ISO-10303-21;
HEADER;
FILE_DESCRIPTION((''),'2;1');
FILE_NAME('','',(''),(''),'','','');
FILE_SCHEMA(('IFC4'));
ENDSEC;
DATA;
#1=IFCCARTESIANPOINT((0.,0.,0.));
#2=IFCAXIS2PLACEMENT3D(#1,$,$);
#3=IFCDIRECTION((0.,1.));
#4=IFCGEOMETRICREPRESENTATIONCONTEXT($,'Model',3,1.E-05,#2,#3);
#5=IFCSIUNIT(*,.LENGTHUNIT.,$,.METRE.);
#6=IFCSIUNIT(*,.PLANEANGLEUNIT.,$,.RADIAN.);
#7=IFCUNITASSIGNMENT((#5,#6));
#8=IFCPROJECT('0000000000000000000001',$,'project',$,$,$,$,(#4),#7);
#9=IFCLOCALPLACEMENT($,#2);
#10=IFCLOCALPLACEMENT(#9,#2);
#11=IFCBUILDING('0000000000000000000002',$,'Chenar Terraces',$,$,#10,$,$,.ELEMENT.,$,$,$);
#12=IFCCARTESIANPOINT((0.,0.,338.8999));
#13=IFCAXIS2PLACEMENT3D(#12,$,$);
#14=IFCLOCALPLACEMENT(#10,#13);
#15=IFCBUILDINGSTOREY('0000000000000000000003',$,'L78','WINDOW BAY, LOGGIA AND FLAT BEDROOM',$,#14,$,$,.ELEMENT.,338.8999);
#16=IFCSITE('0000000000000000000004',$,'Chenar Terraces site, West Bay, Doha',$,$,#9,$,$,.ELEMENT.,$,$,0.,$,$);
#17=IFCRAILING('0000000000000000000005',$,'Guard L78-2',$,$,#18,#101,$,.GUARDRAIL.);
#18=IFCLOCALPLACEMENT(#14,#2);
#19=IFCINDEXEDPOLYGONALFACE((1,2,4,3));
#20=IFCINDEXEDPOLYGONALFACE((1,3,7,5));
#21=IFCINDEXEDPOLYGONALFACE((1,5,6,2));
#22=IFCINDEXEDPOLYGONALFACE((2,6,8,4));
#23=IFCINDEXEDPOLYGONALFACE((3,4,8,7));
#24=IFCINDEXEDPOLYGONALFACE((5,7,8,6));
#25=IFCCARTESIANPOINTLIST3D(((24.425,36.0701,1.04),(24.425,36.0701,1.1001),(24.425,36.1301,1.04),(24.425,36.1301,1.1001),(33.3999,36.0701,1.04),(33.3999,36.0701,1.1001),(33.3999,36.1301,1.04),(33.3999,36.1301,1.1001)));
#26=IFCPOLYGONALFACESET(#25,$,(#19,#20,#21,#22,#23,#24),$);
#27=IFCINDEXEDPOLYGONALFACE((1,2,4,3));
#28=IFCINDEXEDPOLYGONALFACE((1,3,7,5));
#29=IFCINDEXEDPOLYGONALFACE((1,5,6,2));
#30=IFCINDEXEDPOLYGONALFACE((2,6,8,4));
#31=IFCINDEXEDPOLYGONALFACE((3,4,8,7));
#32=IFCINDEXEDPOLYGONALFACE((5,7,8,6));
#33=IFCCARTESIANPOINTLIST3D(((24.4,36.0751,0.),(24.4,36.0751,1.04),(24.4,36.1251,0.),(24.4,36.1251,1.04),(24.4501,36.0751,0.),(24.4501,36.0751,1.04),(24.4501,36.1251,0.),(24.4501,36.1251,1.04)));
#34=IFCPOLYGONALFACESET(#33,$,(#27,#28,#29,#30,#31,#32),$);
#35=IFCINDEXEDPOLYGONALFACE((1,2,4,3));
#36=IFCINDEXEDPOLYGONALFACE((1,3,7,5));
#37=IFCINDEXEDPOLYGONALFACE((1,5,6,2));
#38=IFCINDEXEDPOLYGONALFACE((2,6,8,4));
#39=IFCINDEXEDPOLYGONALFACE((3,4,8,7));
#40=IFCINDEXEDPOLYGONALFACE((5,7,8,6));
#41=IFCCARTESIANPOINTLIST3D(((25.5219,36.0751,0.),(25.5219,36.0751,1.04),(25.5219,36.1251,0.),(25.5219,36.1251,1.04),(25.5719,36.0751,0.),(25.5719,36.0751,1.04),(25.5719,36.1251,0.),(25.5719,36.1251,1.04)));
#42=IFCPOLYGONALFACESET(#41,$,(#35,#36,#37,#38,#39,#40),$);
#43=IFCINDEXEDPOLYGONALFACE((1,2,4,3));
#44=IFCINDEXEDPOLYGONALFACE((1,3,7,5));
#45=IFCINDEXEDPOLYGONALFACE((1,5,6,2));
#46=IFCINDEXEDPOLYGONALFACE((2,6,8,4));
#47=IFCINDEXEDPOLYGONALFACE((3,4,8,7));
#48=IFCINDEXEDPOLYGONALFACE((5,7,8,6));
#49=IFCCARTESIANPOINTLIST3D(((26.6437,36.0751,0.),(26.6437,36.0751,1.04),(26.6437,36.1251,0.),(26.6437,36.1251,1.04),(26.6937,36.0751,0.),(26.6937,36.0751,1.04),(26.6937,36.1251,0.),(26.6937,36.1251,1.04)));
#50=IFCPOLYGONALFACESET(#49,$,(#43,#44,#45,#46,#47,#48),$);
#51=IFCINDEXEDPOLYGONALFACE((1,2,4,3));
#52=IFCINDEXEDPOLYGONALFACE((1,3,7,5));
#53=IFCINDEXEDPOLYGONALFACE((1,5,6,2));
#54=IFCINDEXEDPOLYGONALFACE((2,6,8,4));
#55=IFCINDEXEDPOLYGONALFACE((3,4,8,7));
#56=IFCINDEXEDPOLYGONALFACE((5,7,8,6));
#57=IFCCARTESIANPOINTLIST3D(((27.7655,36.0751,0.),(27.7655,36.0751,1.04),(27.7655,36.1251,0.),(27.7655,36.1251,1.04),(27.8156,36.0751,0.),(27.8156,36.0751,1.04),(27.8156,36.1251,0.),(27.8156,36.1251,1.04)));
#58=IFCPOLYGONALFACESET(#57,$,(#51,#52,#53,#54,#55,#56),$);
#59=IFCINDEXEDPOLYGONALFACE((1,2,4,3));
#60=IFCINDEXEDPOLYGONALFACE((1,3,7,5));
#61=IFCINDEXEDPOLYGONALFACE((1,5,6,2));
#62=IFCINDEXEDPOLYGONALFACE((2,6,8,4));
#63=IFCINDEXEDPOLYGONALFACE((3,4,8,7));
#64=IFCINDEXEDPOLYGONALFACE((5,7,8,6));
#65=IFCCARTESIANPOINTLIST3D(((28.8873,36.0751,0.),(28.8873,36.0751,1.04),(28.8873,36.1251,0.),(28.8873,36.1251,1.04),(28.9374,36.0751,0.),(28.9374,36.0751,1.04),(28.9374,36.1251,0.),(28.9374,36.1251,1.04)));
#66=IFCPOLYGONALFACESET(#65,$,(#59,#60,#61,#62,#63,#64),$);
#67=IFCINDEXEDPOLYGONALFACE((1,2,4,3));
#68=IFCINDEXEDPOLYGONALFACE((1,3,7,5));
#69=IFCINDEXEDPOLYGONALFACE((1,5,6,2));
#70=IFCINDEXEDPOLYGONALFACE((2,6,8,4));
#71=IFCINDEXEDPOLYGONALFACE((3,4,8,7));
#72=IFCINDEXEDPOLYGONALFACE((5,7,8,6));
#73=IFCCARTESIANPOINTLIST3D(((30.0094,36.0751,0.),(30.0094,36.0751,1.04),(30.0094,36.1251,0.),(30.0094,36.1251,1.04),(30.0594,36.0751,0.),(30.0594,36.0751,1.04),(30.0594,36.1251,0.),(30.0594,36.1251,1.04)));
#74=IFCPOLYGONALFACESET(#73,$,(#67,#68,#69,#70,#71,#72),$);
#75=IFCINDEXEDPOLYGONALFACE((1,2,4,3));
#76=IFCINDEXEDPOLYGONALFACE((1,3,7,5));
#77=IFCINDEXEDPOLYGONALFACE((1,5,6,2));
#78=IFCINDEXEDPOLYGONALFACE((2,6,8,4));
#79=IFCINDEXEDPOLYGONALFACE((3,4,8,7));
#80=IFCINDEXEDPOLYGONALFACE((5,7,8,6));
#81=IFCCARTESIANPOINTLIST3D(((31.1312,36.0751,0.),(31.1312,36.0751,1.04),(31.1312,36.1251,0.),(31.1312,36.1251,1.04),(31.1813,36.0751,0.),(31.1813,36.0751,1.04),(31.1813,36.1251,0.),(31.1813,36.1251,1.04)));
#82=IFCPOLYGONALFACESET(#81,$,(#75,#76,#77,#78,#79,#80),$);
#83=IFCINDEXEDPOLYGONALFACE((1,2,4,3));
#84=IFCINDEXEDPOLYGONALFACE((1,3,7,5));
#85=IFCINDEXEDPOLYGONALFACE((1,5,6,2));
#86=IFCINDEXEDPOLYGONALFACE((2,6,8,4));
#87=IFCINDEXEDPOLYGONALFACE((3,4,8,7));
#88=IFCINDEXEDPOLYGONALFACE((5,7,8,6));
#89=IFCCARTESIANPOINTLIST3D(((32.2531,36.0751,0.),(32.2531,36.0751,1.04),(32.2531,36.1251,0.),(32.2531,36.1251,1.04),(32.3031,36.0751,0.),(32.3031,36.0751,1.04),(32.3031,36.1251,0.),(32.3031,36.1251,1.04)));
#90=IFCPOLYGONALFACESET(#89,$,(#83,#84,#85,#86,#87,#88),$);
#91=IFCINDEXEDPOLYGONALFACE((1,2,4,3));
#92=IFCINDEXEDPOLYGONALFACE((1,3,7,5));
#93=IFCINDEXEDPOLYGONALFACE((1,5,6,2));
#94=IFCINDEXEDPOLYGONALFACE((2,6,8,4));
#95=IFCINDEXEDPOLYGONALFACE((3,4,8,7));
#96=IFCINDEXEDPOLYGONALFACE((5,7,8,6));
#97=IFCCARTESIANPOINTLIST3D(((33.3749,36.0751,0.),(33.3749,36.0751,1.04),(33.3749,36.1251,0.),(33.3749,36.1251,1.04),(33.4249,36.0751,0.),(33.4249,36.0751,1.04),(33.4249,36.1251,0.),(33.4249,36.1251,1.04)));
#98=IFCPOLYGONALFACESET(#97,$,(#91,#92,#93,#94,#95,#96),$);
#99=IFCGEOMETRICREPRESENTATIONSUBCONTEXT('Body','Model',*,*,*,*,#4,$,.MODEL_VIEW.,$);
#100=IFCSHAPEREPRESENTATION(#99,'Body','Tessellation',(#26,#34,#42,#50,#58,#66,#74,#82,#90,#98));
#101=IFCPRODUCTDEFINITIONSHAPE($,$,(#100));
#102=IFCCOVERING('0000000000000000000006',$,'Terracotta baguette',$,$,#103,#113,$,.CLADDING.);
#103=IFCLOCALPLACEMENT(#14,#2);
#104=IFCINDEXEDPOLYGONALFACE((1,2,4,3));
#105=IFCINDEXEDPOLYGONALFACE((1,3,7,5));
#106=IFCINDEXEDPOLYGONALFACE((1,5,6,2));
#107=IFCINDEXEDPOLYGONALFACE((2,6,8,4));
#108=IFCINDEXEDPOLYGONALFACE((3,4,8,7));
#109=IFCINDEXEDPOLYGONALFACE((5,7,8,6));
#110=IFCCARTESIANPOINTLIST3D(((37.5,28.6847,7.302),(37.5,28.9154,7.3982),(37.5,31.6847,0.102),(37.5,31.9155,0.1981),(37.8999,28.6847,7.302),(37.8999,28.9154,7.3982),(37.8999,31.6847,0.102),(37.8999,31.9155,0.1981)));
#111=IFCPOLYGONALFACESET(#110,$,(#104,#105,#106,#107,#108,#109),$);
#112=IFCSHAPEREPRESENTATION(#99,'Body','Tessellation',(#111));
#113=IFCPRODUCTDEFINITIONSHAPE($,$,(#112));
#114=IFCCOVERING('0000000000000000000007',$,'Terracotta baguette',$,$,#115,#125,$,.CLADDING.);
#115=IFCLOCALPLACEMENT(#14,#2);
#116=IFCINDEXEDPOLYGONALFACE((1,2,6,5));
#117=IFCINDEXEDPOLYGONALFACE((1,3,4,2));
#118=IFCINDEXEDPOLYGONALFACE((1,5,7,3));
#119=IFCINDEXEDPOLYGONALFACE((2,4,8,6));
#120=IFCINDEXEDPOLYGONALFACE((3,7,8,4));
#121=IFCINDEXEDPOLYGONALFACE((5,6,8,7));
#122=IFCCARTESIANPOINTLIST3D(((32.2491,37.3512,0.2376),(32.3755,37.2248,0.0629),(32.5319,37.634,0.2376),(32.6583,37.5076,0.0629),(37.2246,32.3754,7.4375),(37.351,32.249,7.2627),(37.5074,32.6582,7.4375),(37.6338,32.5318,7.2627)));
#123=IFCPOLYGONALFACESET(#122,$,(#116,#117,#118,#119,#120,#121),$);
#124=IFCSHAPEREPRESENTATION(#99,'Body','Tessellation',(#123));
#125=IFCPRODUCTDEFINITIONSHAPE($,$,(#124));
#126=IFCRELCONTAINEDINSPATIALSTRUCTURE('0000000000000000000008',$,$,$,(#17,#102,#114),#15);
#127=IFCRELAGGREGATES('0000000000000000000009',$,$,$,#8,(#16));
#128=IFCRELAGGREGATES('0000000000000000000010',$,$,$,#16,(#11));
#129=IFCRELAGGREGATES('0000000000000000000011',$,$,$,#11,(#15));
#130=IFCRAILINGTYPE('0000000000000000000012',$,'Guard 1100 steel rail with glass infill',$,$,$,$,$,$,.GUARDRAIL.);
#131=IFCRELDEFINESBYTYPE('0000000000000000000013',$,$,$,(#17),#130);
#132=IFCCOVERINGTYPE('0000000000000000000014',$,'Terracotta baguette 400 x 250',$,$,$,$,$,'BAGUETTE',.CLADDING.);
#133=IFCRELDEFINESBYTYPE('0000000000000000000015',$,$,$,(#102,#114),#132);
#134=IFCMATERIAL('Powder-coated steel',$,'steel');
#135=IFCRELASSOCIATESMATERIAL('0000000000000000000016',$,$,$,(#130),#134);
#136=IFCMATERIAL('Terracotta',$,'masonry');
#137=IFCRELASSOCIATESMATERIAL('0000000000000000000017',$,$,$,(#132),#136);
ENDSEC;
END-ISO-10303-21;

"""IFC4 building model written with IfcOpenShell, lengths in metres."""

from ifc_helpers import new_model, si_unit, direction, frame, origin, origin_2d, place, context, subcontext, project, spatial, rectangle, extrude, material, material_profile, profile_set, type_object, element, save


model = new_model("IFC4")

# Units and contexts
model_context = context("Model", 3, precision=1e-05, world=origin(), true_north=direction((0.0, 1.0)))
body_context = subcontext(model_context, "Body", "Model", "MODEL_VIEW")
ifc_project = project(units=[si_unit("LENGTHUNIT", "METRE"), si_unit("PLANEANGLEUNIT", "RADIAN")], contexts=[model_context])

# Site, building, storey
site_placement = place(None, origin())
site = spatial("IfcSite", under=ifc_project, at=site_placement, Name="Chenar Terraces site, West Bay, Doha", CompositionType="ELEMENT", RefElevation=0.0)
building_placement = place(site_placement, origin())
building = spatial("IfcBuilding", under=site, at=building_placement, Name="Chenar Terraces", CompositionType="ELEMENT")
storey_placement = place(building_placement, frame((0.0, 0.0, 338.8999)))
storey = spatial("IfcBuildingStorey", under=building, at=storey_placement, Name="L78", Description="WINDOW BAY, LOGGIA AND FLAT BEDROOM", CompositionType="ELEMENT", Elevation=338.8999)

# Railing
ifc_material_1 = material(Name="Powder-coated steel", Category="steel")
railing_type = type_object("IfcRailingType", Name="Guard 1100 steel rail with glass infill", PredefinedType="GUARDRAIL", material=ifc_material_1)
railing_placement = place(storey_placement, frame((24.425, 36.1001, 0.0)))
element("IfcRailing", 1, at=railing_placement, inside=storey, type_object=railing_type, Name="Guard L78-2", PredefinedType="GUARDRAIL", context=body_context, shape_type="SweptSolid", body=[
    extrude(rectangle(XDim=0.0601, YDim=0.0601, at=origin_2d()), frame((0.0, 0.0, 1.0701), z_axis=(1.0, 0.0, 0.0), x_axis=(0.0, 1.0, 0.0)), (0.0, 0.0, 1.0), 8.9749),
    extrude(rectangle(XDim=0.05, YDim=0.05, at=origin_2d()), origin(), (0.0, 0.0, 1.0), 1.04),
    extrude(rectangle(XDim=0.05, YDim=0.05, at=origin_2d()), frame((1.1218, 0.0, 0.0)), (0.0, 0.0, 1.0), 1.04),
    extrude(rectangle(XDim=0.05, YDim=0.05, at=origin_2d()), frame((2.2437, 0.0, 0.0)), (0.0, 0.0, 1.0), 1.04),
    extrude(rectangle(XDim=0.05, YDim=0.05, at=origin_2d()), frame((3.3655, 0.0, 0.0)), (0.0, 0.0, 1.0), 1.04),
    extrude(rectangle(XDim=0.05, YDim=0.05, at=origin_2d()), frame((4.4873, 0.0, 0.0)), (0.0, 0.0, 1.0), 1.04),
    extrude(rectangle(XDim=0.05, YDim=0.05, at=origin_2d()), frame((5.6094, 0.0, 0.0)), (0.0, 0.0, 1.0), 1.04),
    extrude(rectangle(XDim=0.05, YDim=0.05, at=origin_2d()), frame((6.7312, 0.0, 0.0)), (0.0, 0.0, 1.0), 1.04),
    extrude(rectangle(XDim=0.05, YDim=0.05, at=origin_2d()), frame((7.853, 0.0, 0.0)), (0.0, 0.0, 1.0), 1.04),
    extrude(rectangle(XDim=0.05, YDim=0.05, at=origin_2d()), frame((8.9749, 0.0, 0.0)), (0.0, 0.0, 1.0), 1.04),
])

# Coverings
ifc_material_2 = material(Name="Terracotta", Category="masonry")
ifc_material_profile_1 = material_profile(ifc_material_2, rectangle(XDim=0.3999, YDim=0.25, at=origin_2d()), Name="Terracotta baguette 400 x 250")
ifc_profile_set_1 = profile_set([ifc_material_profile_1], Name="Terracotta")
covering_type = type_object("IfcCoveringType", Name="Terracotta baguette 400 x 250", ElementType="BAGUETTE", PredefinedType="CLADDING", material=ifc_profile_set_1)
covering_1_placement = place(storey_placement, frame((37.7, 28.8, 7.3501), z_axis=(0.0, 0.384618, -0.923076), x_axis=(-1.0, 0.0, 0.0)))
element("IfcCovering", 2, at=covering_1_placement, inside=storey, type_object=covering_type, Name="Terracotta baguette", PredefinedType="CLADDING", context=body_context, shape_type="SweptSolid", body=[
    extrude(rectangle(XDim=0.3999, YDim=0.25, at=origin_2d()), origin(), (0.0, 0.0, 1.0), 7.8),
])
covering_2_placement = place(storey_placement, frame((37.4292, 32.4536, 7.3501), z_axis=(-0.494222, 0.494247, -0.715167), x_axis=(-0.707124, -0.707089, 0.0)))
element("IfcCovering", 3, at=covering_2_placement, inside=storey, type_object=covering_type, Name="Terracotta baguette", PredefinedType="CLADDING", context=body_context, shape_type="SweptSolid", body=[
    extrude(rectangle(XDim=0.3999, YDim=0.25, at=origin_2d()), origin(), (0.0, 0.0, 1.0), 10.0674),
])

save(model, "model.ifc")
